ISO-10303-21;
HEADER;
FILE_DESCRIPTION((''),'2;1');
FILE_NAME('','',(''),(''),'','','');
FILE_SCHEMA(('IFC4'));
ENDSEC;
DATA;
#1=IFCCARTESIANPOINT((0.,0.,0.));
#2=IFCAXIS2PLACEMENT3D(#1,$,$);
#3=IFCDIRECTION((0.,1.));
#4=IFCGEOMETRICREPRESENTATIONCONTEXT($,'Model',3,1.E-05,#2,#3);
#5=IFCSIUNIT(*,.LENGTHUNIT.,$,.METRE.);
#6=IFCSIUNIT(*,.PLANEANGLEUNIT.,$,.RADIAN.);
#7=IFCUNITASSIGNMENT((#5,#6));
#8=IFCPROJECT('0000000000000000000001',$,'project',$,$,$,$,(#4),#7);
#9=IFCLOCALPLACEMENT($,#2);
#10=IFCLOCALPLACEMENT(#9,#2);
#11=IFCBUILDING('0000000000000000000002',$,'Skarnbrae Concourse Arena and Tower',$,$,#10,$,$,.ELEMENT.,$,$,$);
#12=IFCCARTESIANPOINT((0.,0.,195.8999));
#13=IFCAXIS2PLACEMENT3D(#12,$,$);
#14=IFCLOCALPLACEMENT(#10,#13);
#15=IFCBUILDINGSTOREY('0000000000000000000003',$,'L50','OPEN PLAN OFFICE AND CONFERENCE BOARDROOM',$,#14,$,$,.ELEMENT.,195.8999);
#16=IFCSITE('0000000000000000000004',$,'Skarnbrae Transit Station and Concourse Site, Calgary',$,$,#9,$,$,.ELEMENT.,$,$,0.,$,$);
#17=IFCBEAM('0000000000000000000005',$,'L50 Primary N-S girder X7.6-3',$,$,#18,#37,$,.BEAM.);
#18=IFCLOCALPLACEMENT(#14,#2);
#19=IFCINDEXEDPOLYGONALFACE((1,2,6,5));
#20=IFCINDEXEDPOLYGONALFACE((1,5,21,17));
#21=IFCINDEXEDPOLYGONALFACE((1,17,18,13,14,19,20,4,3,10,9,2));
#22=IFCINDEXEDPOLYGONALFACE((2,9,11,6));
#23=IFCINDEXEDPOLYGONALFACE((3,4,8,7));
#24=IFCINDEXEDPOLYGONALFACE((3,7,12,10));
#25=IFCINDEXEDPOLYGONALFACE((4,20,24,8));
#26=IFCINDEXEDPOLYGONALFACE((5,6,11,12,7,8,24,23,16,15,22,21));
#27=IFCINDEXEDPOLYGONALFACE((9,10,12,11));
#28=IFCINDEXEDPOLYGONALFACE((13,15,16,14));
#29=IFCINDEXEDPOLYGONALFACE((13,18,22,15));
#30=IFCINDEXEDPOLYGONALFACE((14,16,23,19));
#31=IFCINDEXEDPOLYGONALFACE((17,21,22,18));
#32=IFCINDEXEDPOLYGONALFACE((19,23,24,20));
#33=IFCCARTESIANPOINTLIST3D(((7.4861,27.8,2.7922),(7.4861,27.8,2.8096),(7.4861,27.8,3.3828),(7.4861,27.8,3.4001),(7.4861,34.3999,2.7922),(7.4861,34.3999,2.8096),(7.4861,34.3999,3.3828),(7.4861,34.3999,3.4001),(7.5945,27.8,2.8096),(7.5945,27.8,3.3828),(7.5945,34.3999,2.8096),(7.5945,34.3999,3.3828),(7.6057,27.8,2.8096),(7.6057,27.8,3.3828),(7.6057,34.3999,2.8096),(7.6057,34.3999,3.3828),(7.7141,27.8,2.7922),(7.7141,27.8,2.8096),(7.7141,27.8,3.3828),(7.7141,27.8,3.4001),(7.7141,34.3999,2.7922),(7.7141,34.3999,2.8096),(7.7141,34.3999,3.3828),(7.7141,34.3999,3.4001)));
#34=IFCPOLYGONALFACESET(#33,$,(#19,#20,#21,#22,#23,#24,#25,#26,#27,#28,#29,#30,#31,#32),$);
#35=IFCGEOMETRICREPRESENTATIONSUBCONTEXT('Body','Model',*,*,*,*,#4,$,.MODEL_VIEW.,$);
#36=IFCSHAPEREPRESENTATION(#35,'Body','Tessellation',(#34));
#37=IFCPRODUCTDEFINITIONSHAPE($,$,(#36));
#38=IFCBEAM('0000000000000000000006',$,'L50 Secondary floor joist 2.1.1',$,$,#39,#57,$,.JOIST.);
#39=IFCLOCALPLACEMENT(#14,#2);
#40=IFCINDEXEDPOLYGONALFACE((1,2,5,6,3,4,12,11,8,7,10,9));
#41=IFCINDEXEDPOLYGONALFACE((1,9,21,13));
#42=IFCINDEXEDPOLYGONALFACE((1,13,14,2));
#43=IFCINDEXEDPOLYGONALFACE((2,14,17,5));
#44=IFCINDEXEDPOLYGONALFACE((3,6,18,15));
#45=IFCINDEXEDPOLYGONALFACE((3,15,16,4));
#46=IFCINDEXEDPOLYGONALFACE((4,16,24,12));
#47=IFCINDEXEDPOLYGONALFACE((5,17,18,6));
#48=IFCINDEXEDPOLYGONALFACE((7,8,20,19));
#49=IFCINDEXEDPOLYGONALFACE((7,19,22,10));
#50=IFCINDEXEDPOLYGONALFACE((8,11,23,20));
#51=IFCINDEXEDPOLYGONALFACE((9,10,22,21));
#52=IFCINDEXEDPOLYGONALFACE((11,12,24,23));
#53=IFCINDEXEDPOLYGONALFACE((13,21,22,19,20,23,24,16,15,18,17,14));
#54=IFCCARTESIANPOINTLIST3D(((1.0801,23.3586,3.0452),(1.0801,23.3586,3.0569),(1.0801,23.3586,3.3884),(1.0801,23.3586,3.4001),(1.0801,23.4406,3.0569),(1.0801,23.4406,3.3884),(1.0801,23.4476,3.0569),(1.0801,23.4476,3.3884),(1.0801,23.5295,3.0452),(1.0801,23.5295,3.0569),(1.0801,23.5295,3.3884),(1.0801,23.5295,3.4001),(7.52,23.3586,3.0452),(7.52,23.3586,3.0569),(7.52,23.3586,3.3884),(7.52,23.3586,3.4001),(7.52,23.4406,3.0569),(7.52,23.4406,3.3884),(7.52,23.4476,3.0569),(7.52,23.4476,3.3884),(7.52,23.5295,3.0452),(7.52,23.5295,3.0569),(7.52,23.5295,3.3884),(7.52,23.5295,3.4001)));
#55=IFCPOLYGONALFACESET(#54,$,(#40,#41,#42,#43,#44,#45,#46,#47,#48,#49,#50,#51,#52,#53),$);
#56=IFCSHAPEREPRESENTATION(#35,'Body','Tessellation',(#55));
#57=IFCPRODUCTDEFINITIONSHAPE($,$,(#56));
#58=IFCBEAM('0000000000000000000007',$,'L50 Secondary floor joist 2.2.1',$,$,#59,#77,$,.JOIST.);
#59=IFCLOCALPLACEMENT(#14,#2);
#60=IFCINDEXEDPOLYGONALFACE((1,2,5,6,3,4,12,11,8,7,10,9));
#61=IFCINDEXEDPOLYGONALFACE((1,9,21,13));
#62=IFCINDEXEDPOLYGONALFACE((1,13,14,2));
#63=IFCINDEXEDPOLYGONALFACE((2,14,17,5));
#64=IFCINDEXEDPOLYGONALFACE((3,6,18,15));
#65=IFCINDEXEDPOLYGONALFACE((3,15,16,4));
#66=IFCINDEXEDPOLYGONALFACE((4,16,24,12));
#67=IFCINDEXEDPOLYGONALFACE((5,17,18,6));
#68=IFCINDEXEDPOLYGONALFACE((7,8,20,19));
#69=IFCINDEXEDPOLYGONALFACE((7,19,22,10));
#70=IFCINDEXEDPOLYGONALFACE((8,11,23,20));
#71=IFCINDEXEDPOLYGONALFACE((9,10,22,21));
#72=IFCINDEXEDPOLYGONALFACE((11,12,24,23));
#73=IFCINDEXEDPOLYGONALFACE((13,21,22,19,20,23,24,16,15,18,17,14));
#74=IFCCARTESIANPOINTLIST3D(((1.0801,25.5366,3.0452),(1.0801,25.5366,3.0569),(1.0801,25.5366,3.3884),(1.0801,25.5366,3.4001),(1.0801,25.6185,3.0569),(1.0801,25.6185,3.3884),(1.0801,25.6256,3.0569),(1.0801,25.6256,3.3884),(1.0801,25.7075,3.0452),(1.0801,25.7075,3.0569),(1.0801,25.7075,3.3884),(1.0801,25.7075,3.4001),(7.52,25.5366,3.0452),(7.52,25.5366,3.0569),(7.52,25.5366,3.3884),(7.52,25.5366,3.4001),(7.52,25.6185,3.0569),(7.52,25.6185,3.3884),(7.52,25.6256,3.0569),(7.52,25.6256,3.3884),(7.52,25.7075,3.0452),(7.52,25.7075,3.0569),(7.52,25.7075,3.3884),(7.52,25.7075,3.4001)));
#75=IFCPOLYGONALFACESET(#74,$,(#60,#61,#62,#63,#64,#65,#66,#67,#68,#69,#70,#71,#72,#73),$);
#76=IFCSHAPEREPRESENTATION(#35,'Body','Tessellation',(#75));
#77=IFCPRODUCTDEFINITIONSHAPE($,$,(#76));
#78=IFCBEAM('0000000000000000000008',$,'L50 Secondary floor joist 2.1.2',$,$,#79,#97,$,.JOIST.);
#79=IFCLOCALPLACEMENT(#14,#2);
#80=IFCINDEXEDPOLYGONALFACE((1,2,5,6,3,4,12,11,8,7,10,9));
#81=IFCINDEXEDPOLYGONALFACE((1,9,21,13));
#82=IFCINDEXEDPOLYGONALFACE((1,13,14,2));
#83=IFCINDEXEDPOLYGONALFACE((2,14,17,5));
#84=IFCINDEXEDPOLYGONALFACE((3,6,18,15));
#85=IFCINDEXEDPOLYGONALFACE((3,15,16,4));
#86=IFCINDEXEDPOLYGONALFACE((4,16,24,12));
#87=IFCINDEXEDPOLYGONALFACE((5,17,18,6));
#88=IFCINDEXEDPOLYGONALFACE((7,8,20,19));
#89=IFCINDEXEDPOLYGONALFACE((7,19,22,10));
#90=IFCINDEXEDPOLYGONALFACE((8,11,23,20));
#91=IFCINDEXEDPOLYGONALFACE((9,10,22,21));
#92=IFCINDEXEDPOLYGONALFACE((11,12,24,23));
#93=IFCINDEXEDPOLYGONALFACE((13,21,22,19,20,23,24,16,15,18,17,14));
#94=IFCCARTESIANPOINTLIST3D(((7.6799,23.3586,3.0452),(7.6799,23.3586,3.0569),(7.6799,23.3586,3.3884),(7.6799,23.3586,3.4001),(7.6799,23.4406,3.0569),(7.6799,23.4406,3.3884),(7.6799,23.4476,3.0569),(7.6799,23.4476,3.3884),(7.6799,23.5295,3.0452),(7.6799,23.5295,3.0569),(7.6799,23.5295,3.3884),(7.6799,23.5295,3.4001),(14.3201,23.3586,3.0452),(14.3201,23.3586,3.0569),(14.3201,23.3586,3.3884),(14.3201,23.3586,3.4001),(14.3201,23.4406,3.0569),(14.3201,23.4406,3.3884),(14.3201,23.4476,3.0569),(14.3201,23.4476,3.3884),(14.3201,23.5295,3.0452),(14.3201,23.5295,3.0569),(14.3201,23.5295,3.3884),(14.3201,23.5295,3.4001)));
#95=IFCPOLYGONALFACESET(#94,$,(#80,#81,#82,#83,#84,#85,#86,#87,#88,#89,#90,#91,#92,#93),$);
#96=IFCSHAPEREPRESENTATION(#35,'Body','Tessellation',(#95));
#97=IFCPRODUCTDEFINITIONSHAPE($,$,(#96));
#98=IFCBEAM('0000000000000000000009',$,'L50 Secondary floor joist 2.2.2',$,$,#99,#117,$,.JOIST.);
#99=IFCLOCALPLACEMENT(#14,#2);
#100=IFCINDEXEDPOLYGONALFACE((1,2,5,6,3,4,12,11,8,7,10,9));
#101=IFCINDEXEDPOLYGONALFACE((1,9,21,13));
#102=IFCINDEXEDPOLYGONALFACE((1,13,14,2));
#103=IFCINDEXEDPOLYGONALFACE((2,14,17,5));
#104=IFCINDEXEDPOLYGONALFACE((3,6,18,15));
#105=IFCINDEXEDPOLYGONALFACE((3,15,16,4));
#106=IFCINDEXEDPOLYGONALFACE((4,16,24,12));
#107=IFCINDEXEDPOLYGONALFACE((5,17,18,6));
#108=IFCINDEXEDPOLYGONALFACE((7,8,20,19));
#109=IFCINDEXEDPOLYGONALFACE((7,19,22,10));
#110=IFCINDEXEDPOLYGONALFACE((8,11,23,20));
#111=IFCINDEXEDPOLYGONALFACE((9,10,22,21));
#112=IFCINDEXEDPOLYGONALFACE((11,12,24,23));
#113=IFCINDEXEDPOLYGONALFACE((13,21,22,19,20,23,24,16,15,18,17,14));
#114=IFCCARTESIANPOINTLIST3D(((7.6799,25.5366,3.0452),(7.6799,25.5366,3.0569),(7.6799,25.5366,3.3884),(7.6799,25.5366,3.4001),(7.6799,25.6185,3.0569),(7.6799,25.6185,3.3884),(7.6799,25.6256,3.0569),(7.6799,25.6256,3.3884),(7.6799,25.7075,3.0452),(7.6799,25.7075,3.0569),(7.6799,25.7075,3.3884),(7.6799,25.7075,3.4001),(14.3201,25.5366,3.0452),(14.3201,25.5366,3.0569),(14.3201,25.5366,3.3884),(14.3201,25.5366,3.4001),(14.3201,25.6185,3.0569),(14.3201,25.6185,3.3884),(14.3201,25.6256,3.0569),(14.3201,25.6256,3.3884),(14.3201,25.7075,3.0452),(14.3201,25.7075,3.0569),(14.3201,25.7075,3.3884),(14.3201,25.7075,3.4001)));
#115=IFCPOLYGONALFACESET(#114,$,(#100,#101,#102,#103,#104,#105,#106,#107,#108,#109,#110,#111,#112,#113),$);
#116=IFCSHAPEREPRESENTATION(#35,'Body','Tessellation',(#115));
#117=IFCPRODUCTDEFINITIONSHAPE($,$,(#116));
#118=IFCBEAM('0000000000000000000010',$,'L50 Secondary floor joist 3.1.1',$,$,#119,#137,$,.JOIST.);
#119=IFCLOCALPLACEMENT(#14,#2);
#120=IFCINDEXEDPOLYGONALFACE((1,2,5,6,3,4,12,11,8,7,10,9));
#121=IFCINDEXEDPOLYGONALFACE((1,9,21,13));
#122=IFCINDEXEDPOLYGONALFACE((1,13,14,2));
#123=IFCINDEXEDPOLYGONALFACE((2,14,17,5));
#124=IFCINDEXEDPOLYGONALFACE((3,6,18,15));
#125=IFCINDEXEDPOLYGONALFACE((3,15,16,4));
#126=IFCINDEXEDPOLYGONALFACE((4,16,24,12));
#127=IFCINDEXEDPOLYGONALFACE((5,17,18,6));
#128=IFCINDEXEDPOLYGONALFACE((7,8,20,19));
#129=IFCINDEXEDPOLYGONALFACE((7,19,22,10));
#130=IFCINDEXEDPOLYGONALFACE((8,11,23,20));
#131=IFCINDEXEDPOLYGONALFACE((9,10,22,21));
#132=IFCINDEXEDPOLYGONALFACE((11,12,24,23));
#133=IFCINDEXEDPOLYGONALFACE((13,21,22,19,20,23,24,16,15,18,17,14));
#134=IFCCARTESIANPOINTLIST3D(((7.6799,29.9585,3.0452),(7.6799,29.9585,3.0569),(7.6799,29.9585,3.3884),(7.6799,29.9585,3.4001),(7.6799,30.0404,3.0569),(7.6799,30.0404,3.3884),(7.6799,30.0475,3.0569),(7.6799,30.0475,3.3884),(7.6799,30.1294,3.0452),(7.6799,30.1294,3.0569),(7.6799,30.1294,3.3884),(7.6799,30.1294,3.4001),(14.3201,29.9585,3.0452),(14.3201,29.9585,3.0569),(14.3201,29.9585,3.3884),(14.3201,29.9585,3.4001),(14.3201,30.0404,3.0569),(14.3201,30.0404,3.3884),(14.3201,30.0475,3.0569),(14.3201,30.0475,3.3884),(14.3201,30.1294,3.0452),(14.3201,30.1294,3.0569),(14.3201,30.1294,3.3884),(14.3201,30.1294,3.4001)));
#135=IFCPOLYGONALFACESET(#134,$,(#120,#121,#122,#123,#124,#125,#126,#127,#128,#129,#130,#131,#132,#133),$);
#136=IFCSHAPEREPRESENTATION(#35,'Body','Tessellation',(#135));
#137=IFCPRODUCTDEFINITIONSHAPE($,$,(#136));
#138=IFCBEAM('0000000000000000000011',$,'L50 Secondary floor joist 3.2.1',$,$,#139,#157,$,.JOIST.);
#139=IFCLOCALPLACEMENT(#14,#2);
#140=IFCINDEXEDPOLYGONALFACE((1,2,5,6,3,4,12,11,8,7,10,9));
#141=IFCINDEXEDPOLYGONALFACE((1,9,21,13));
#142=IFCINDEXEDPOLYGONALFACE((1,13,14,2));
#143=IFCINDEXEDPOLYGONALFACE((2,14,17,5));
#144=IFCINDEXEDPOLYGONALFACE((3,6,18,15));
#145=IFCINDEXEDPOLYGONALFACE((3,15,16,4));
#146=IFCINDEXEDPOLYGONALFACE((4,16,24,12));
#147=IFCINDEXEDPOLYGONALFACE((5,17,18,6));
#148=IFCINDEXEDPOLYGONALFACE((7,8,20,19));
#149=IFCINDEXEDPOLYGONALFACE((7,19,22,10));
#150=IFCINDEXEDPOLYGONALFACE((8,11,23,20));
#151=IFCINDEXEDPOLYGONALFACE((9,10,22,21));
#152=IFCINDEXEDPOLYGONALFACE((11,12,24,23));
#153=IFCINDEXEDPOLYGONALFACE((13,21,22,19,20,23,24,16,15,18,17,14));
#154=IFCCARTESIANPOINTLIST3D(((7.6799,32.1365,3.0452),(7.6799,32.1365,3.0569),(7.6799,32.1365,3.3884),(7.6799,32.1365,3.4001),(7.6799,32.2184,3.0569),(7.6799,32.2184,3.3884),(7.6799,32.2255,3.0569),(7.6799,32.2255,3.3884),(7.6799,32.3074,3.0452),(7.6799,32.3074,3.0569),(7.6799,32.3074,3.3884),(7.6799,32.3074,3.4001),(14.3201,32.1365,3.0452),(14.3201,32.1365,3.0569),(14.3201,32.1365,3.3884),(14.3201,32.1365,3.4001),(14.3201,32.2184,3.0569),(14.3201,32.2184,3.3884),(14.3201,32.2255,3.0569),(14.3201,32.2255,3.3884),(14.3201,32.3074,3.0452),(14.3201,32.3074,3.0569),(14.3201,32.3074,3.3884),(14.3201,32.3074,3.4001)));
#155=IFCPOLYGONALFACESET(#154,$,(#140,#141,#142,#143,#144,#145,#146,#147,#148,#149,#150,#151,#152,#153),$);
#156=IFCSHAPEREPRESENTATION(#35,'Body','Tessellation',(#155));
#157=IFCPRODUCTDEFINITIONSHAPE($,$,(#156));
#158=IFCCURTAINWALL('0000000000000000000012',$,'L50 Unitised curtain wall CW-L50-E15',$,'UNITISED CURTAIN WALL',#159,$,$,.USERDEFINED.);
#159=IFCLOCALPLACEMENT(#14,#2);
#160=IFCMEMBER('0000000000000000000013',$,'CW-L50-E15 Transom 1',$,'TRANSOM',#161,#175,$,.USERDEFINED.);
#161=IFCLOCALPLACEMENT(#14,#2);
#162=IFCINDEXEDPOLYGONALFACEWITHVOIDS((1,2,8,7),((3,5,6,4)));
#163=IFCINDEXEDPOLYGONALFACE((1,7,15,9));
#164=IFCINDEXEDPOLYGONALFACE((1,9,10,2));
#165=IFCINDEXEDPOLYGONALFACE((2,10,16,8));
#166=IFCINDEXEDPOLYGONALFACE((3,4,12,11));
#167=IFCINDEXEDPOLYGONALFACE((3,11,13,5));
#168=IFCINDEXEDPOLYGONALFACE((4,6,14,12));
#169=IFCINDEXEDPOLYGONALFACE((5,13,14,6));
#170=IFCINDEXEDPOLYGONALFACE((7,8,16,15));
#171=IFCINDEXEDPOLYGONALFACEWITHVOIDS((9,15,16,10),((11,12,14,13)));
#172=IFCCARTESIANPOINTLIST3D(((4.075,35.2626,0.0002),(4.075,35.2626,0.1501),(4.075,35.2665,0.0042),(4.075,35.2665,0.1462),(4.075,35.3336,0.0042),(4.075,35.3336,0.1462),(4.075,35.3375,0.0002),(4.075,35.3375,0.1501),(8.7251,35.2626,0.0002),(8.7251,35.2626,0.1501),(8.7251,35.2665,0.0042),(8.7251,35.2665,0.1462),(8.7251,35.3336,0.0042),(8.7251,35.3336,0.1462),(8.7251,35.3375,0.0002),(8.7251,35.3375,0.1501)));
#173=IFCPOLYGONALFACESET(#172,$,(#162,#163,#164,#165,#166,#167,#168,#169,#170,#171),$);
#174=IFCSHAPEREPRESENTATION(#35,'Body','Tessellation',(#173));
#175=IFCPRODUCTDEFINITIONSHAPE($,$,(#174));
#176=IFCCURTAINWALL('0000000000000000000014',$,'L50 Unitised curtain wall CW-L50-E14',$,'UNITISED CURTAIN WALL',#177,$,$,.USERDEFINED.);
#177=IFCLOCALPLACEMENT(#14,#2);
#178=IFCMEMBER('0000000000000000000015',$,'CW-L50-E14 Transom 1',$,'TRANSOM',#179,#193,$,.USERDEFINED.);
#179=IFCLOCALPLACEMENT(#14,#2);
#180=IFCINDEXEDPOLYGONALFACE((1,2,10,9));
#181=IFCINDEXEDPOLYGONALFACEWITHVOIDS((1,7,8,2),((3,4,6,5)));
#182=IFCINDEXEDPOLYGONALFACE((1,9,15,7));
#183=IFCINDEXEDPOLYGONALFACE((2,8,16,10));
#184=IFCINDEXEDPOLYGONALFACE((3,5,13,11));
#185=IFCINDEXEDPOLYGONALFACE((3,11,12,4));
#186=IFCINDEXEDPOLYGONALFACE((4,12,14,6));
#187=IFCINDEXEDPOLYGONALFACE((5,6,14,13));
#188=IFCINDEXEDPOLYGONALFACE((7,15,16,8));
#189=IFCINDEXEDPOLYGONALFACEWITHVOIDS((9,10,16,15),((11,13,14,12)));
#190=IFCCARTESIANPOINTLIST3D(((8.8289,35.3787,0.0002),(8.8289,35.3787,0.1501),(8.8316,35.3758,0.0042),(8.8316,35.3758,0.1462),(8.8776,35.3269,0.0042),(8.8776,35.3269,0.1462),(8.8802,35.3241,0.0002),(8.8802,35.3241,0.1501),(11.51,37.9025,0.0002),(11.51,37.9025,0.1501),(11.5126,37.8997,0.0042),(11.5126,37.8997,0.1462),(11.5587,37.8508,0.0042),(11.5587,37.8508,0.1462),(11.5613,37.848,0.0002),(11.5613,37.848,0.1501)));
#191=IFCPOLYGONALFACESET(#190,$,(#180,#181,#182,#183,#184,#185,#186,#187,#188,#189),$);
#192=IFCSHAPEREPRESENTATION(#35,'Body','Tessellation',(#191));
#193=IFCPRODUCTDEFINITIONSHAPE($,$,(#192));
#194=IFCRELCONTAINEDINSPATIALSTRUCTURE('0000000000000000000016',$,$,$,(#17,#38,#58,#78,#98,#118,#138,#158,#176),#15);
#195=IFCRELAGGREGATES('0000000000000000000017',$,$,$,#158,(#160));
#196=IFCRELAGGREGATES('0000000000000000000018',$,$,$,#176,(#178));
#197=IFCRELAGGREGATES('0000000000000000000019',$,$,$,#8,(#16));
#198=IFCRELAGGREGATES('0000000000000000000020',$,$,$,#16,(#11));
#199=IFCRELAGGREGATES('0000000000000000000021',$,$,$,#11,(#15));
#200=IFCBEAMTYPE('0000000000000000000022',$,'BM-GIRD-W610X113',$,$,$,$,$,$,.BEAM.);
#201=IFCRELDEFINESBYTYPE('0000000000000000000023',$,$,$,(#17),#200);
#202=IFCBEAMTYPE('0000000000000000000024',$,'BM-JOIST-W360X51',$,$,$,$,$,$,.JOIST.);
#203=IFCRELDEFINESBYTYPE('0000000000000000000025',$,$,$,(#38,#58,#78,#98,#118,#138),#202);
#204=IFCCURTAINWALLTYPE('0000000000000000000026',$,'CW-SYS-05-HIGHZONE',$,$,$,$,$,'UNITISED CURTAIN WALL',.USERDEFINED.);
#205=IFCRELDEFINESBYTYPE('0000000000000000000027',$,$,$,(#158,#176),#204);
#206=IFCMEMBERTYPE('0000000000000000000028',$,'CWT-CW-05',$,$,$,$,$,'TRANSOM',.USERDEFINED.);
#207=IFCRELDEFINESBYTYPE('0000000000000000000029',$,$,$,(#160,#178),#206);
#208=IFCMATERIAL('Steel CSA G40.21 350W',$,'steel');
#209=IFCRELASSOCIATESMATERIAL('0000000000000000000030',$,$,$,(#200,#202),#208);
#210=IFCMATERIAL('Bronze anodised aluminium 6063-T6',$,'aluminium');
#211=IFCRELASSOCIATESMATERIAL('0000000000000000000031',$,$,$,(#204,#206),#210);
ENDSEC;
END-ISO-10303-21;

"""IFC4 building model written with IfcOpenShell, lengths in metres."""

from ifc_helpers import new_model, si_unit, direction, frame, origin, origin_2d, place, context, subcontext, project, spatial, hollow_rectangle, i_section, extrude, source, transform, mapped, material, material_profile, profile_set, type_object, element, aggregate, save


model = new_model("IFC4")

# Units and contexts
model_context = context("Model", 3, precision=1e-05, world=origin(), true_north=direction((0.0, 1.0)))
body_context = subcontext(model_context, "Body", "Model", "MODEL_VIEW")
ifc_project = project(units=[si_unit("LENGTHUNIT", "METRE"), si_unit("PLANEANGLEUNIT", "RADIAN")], contexts=[model_context])

# Site, building, storey
site_placement = place(None, origin())
site = spatial("IfcSite", under=ifc_project, at=site_placement, Name="Skarnbrae Transit Station and Concourse Site, Calgary", CompositionType="ELEMENT", RefElevation=0.0)
building_placement = place(site_placement, origin())
building = spatial("IfcBuilding", under=site, at=building_placement, Name="Skarnbrae Concourse Arena and Tower", CompositionType="ELEMENT")
storey_placement = place(building_placement, frame((0.0, 0.0, 195.8999)))
storey = spatial("IfcBuildingStorey", under=building, at=storey_placement, Name="L50", Description="OPEN PLAN OFFICE AND CONFERENCE BOARDROOM", CompositionType="ELEMENT", Elevation=195.8999)

# Shared definitions
ifc_material_1 = material(Name="Steel CSA G40.21 350W", Category="steel")

# Beams
ifc_material_profile_1 = material_profile(ifc_material_1, i_section(OverallWidth=0.228, OverallDepth=0.6079, WebThickness=0.0112, FlangeThickness=0.0173, at=origin_2d()), Name="W610X113")
ifc_profile_set_1 = profile_set([ifc_material_profile_1], Name="Steel CSA G40.21 350W")
beam_type_1 = type_object("IfcBeamType", Name="BM-GIRD-W610X113", PredefinedType="BEAM", material=ifc_profile_set_1)
shared_shape_1 = source(origin(), body_context, "Body", "SweptSolid", [
    extrude(i_section(OverallWidth=0.228, OverallDepth=0.6079, WebThickness=0.0112, FlangeThickness=0.0173, at=origin_2d()), origin(), (0.0, 0.0, 1.0), 6.5999),
])
beam_1_placement = place(storey_placement, frame((7.6001, 27.8, 3.0962), z_axis=(0.0, 1.0, 0.0), x_axis=(-1.0, 0.0, 0.0)))
element("IfcBeam", 1, at=beam_1_placement, inside=storey, type_object=beam_type_1, Name="L50 Primary N-S girder X7.6-3", PredefinedType="BEAM", context=body_context, shape_type="MappedRepresentation", body=[
    mapped(shared_shape_1, transform((0.0, 0.0, 0.0))),
])
ifc_material_profile_2 = material_profile(ifc_material_1, i_section(OverallWidth=0.1709, OverallDepth=0.355, WebThickness=0.0071, FlangeThickness=0.0117, at=origin_2d()), Name="W360X51")
ifc_profile_set_2 = profile_set([ifc_material_profile_2], Name="Steel CSA G40.21 350W")
beam_type_2 = type_object("IfcBeamType", Name="BM-JOIST-W360X51", PredefinedType="JOIST", material=ifc_profile_set_2)
shared_shape_2 = source(origin(), body_context, "Body", "SweptSolid", [
    extrude(i_section(OverallWidth=0.1709, OverallDepth=0.355, WebThickness=0.0071, FlangeThickness=0.0117, at=origin_2d()), origin(), (0.0, 0.0, 1.0), 6.4399),
])
for number, where, z_axis, x_axis, name in (
    (2, (1.0801, 23.4441, 3.2227), (1.0, 0.0, 0.0), (0.0, 1.0, 0.0), "L50 Secondary floor joist 2.1.1"),
    (3, (1.0801, 25.6221, 3.2227), (1.0, 0.0, 0.0), (0.0, 1.0, 0.0), "L50 Secondary floor joist 2.2.1"),
):
    element("IfcBeam", number, at=place(storey_placement, frame(where, z_axis=z_axis, x_axis=x_axis)), inside=storey, type_object=beam_type_2, Name=name, PredefinedType="JOIST", context=body_context, shape_type="MappedRepresentation", body=[
        mapped(shared_shape_2, transform((0.0, 0.0, 0.0))),
    ])
shared_shape_3 = source(origin(), body_context, "Body", "SweptSolid", [
    extrude(i_section(OverallWidth=0.1709, OverallDepth=0.355, WebThickness=0.0071, FlangeThickness=0.0117, at=origin_2d()), origin(), (0.0, 0.0, 1.0), 6.6401),
])
for number, where, z_axis, x_axis, name in (
    (4, (7.6799, 23.4441, 3.2227), (1.0, 0.0, 0.0), (0.0, 1.0, 0.0), "L50 Secondary floor joist 2.1.2"),
    (5, (7.6799, 25.6221, 3.2227), (1.0, 0.0, 0.0), (0.0, 1.0, 0.0), "L50 Secondary floor joist 2.2.2"),
    (6, (7.6799, 30.0439, 3.2227), (1.0, 0.0, 0.0), (0.0, 1.0, 0.0), "L50 Secondary floor joist 3.1.1"),
    (7, (7.6799, 32.2219, 3.2227), (1.0, 0.0, 0.0), (0.0, 1.0, 0.0), "L50 Secondary floor joist 3.2.1"),
):
    element("IfcBeam", number, at=place(storey_placement, frame(where, z_axis=z_axis, x_axis=x_axis)), inside=storey, type_object=beam_type_2, Name=name, PredefinedType="JOIST", context=body_context, shape_type="MappedRepresentation", body=[
        mapped(shared_shape_3, transform((0.0, 0.0, 0.0))),
    ])

# Curtain walls, members
ifc_material_2 = material(Name="Bronze anodised aluminium 6063-T6", Category="aluminium")
curtain_wall_type = type_object("IfcCurtainWallType", Name="CW-SYS-05-HIGHZONE", ElementType="UNITISED CURTAIN WALL", PredefinedType="USERDEFINED", material=ifc_material_2)
curtain_wall_1_placement = place(storey_placement, origin())
curtain_wall_1 = element("IfcCurtainWall", 8, at=curtain_wall_1_placement, inside=storey, type_object=curtain_wall_type, Name="L50 Unitised curtain wall CW-L50-E15", ObjectType="UNITISED CURTAIN WALL", PredefinedType="USERDEFINED")
ifc_material_profile_3 = material_profile(ifc_material_2, hollow_rectangle(XDim=0.075, YDim=0.1499, WallThickness=0.0039, at=origin_2d()), Name="ALU-TRAN-75X150")
ifc_profile_set_3 = profile_set([ifc_material_profile_3], Name="Bronze anodised aluminium 6063-T6")
member_type_1 = type_object("IfcMemberType", Name="CWT-CW-05", ElementType="TRANSOM", PredefinedType="USERDEFINED", material=ifc_profile_set_3)
shared_shape_4 = source(origin(), body_context, "Body", "SweptSolid", [
    extrude(hollow_rectangle(XDim=0.075, YDim=0.1499, WallThickness=0.0039, at=origin_2d()), origin(), (0.0, 0.0, 1.0), 4.6501),
])
member_1_placement = place(storey_placement, frame((8.7251, 35.3, 0.0752), z_axis=(-1.0, 0.0, 0.0), x_axis=(0.0, -1.0, 0.0)))
member_1 = element("IfcMember", 9, at=member_1_placement, type_object=member_type_1, Name="CW-L50-E15 Transom 1", ObjectType="TRANSOM", PredefinedType="USERDEFINED", context=body_context, shape_type="MappedRepresentation", body=[
    mapped(shared_shape_4, transform((0.0, 0.0, 0.0))),
])
curtain_wall_2_placement = place(storey_placement, origin())
curtain_wall_2 = element("IfcCurtainWall", 10, at=curtain_wall_2_placement, inside=storey, type_object=curtain_wall_type, Name="L50 Unitised curtain wall CW-L50-E14", ObjectType="UNITISED CURTAIN WALL", PredefinedType="USERDEFINED")
shared_shape_5 = source(origin(), body_context, "Body", "SweptSolid", [
    extrude(hollow_rectangle(XDim=0.075, YDim=0.1499, WallThickness=0.0039, at=origin_2d()), origin(), (0.0, 0.0, 1.0), 3.6821),
])
member_2_placement = place(storey_placement, frame((11.5356, 37.8752, 0.0752), z_axis=(-0.728134, -0.685435, 0.0), x_axis=(0.685435, -0.728134, 0.0)))
member_2 = element("IfcMember", 11, at=member_2_placement, type_object=member_type_1, Name="CW-L50-E14 Transom 1", ObjectType="TRANSOM", PredefinedType="USERDEFINED", context=body_context, shape_type="MappedRepresentation", body=[
    mapped(shared_shape_5, transform((0.0, 0.0, 0.0))),
])

aggregate(curtain_wall_1, [member_1])
aggregate(curtain_wall_2, [member_2])

save(model, "model.ifc")
